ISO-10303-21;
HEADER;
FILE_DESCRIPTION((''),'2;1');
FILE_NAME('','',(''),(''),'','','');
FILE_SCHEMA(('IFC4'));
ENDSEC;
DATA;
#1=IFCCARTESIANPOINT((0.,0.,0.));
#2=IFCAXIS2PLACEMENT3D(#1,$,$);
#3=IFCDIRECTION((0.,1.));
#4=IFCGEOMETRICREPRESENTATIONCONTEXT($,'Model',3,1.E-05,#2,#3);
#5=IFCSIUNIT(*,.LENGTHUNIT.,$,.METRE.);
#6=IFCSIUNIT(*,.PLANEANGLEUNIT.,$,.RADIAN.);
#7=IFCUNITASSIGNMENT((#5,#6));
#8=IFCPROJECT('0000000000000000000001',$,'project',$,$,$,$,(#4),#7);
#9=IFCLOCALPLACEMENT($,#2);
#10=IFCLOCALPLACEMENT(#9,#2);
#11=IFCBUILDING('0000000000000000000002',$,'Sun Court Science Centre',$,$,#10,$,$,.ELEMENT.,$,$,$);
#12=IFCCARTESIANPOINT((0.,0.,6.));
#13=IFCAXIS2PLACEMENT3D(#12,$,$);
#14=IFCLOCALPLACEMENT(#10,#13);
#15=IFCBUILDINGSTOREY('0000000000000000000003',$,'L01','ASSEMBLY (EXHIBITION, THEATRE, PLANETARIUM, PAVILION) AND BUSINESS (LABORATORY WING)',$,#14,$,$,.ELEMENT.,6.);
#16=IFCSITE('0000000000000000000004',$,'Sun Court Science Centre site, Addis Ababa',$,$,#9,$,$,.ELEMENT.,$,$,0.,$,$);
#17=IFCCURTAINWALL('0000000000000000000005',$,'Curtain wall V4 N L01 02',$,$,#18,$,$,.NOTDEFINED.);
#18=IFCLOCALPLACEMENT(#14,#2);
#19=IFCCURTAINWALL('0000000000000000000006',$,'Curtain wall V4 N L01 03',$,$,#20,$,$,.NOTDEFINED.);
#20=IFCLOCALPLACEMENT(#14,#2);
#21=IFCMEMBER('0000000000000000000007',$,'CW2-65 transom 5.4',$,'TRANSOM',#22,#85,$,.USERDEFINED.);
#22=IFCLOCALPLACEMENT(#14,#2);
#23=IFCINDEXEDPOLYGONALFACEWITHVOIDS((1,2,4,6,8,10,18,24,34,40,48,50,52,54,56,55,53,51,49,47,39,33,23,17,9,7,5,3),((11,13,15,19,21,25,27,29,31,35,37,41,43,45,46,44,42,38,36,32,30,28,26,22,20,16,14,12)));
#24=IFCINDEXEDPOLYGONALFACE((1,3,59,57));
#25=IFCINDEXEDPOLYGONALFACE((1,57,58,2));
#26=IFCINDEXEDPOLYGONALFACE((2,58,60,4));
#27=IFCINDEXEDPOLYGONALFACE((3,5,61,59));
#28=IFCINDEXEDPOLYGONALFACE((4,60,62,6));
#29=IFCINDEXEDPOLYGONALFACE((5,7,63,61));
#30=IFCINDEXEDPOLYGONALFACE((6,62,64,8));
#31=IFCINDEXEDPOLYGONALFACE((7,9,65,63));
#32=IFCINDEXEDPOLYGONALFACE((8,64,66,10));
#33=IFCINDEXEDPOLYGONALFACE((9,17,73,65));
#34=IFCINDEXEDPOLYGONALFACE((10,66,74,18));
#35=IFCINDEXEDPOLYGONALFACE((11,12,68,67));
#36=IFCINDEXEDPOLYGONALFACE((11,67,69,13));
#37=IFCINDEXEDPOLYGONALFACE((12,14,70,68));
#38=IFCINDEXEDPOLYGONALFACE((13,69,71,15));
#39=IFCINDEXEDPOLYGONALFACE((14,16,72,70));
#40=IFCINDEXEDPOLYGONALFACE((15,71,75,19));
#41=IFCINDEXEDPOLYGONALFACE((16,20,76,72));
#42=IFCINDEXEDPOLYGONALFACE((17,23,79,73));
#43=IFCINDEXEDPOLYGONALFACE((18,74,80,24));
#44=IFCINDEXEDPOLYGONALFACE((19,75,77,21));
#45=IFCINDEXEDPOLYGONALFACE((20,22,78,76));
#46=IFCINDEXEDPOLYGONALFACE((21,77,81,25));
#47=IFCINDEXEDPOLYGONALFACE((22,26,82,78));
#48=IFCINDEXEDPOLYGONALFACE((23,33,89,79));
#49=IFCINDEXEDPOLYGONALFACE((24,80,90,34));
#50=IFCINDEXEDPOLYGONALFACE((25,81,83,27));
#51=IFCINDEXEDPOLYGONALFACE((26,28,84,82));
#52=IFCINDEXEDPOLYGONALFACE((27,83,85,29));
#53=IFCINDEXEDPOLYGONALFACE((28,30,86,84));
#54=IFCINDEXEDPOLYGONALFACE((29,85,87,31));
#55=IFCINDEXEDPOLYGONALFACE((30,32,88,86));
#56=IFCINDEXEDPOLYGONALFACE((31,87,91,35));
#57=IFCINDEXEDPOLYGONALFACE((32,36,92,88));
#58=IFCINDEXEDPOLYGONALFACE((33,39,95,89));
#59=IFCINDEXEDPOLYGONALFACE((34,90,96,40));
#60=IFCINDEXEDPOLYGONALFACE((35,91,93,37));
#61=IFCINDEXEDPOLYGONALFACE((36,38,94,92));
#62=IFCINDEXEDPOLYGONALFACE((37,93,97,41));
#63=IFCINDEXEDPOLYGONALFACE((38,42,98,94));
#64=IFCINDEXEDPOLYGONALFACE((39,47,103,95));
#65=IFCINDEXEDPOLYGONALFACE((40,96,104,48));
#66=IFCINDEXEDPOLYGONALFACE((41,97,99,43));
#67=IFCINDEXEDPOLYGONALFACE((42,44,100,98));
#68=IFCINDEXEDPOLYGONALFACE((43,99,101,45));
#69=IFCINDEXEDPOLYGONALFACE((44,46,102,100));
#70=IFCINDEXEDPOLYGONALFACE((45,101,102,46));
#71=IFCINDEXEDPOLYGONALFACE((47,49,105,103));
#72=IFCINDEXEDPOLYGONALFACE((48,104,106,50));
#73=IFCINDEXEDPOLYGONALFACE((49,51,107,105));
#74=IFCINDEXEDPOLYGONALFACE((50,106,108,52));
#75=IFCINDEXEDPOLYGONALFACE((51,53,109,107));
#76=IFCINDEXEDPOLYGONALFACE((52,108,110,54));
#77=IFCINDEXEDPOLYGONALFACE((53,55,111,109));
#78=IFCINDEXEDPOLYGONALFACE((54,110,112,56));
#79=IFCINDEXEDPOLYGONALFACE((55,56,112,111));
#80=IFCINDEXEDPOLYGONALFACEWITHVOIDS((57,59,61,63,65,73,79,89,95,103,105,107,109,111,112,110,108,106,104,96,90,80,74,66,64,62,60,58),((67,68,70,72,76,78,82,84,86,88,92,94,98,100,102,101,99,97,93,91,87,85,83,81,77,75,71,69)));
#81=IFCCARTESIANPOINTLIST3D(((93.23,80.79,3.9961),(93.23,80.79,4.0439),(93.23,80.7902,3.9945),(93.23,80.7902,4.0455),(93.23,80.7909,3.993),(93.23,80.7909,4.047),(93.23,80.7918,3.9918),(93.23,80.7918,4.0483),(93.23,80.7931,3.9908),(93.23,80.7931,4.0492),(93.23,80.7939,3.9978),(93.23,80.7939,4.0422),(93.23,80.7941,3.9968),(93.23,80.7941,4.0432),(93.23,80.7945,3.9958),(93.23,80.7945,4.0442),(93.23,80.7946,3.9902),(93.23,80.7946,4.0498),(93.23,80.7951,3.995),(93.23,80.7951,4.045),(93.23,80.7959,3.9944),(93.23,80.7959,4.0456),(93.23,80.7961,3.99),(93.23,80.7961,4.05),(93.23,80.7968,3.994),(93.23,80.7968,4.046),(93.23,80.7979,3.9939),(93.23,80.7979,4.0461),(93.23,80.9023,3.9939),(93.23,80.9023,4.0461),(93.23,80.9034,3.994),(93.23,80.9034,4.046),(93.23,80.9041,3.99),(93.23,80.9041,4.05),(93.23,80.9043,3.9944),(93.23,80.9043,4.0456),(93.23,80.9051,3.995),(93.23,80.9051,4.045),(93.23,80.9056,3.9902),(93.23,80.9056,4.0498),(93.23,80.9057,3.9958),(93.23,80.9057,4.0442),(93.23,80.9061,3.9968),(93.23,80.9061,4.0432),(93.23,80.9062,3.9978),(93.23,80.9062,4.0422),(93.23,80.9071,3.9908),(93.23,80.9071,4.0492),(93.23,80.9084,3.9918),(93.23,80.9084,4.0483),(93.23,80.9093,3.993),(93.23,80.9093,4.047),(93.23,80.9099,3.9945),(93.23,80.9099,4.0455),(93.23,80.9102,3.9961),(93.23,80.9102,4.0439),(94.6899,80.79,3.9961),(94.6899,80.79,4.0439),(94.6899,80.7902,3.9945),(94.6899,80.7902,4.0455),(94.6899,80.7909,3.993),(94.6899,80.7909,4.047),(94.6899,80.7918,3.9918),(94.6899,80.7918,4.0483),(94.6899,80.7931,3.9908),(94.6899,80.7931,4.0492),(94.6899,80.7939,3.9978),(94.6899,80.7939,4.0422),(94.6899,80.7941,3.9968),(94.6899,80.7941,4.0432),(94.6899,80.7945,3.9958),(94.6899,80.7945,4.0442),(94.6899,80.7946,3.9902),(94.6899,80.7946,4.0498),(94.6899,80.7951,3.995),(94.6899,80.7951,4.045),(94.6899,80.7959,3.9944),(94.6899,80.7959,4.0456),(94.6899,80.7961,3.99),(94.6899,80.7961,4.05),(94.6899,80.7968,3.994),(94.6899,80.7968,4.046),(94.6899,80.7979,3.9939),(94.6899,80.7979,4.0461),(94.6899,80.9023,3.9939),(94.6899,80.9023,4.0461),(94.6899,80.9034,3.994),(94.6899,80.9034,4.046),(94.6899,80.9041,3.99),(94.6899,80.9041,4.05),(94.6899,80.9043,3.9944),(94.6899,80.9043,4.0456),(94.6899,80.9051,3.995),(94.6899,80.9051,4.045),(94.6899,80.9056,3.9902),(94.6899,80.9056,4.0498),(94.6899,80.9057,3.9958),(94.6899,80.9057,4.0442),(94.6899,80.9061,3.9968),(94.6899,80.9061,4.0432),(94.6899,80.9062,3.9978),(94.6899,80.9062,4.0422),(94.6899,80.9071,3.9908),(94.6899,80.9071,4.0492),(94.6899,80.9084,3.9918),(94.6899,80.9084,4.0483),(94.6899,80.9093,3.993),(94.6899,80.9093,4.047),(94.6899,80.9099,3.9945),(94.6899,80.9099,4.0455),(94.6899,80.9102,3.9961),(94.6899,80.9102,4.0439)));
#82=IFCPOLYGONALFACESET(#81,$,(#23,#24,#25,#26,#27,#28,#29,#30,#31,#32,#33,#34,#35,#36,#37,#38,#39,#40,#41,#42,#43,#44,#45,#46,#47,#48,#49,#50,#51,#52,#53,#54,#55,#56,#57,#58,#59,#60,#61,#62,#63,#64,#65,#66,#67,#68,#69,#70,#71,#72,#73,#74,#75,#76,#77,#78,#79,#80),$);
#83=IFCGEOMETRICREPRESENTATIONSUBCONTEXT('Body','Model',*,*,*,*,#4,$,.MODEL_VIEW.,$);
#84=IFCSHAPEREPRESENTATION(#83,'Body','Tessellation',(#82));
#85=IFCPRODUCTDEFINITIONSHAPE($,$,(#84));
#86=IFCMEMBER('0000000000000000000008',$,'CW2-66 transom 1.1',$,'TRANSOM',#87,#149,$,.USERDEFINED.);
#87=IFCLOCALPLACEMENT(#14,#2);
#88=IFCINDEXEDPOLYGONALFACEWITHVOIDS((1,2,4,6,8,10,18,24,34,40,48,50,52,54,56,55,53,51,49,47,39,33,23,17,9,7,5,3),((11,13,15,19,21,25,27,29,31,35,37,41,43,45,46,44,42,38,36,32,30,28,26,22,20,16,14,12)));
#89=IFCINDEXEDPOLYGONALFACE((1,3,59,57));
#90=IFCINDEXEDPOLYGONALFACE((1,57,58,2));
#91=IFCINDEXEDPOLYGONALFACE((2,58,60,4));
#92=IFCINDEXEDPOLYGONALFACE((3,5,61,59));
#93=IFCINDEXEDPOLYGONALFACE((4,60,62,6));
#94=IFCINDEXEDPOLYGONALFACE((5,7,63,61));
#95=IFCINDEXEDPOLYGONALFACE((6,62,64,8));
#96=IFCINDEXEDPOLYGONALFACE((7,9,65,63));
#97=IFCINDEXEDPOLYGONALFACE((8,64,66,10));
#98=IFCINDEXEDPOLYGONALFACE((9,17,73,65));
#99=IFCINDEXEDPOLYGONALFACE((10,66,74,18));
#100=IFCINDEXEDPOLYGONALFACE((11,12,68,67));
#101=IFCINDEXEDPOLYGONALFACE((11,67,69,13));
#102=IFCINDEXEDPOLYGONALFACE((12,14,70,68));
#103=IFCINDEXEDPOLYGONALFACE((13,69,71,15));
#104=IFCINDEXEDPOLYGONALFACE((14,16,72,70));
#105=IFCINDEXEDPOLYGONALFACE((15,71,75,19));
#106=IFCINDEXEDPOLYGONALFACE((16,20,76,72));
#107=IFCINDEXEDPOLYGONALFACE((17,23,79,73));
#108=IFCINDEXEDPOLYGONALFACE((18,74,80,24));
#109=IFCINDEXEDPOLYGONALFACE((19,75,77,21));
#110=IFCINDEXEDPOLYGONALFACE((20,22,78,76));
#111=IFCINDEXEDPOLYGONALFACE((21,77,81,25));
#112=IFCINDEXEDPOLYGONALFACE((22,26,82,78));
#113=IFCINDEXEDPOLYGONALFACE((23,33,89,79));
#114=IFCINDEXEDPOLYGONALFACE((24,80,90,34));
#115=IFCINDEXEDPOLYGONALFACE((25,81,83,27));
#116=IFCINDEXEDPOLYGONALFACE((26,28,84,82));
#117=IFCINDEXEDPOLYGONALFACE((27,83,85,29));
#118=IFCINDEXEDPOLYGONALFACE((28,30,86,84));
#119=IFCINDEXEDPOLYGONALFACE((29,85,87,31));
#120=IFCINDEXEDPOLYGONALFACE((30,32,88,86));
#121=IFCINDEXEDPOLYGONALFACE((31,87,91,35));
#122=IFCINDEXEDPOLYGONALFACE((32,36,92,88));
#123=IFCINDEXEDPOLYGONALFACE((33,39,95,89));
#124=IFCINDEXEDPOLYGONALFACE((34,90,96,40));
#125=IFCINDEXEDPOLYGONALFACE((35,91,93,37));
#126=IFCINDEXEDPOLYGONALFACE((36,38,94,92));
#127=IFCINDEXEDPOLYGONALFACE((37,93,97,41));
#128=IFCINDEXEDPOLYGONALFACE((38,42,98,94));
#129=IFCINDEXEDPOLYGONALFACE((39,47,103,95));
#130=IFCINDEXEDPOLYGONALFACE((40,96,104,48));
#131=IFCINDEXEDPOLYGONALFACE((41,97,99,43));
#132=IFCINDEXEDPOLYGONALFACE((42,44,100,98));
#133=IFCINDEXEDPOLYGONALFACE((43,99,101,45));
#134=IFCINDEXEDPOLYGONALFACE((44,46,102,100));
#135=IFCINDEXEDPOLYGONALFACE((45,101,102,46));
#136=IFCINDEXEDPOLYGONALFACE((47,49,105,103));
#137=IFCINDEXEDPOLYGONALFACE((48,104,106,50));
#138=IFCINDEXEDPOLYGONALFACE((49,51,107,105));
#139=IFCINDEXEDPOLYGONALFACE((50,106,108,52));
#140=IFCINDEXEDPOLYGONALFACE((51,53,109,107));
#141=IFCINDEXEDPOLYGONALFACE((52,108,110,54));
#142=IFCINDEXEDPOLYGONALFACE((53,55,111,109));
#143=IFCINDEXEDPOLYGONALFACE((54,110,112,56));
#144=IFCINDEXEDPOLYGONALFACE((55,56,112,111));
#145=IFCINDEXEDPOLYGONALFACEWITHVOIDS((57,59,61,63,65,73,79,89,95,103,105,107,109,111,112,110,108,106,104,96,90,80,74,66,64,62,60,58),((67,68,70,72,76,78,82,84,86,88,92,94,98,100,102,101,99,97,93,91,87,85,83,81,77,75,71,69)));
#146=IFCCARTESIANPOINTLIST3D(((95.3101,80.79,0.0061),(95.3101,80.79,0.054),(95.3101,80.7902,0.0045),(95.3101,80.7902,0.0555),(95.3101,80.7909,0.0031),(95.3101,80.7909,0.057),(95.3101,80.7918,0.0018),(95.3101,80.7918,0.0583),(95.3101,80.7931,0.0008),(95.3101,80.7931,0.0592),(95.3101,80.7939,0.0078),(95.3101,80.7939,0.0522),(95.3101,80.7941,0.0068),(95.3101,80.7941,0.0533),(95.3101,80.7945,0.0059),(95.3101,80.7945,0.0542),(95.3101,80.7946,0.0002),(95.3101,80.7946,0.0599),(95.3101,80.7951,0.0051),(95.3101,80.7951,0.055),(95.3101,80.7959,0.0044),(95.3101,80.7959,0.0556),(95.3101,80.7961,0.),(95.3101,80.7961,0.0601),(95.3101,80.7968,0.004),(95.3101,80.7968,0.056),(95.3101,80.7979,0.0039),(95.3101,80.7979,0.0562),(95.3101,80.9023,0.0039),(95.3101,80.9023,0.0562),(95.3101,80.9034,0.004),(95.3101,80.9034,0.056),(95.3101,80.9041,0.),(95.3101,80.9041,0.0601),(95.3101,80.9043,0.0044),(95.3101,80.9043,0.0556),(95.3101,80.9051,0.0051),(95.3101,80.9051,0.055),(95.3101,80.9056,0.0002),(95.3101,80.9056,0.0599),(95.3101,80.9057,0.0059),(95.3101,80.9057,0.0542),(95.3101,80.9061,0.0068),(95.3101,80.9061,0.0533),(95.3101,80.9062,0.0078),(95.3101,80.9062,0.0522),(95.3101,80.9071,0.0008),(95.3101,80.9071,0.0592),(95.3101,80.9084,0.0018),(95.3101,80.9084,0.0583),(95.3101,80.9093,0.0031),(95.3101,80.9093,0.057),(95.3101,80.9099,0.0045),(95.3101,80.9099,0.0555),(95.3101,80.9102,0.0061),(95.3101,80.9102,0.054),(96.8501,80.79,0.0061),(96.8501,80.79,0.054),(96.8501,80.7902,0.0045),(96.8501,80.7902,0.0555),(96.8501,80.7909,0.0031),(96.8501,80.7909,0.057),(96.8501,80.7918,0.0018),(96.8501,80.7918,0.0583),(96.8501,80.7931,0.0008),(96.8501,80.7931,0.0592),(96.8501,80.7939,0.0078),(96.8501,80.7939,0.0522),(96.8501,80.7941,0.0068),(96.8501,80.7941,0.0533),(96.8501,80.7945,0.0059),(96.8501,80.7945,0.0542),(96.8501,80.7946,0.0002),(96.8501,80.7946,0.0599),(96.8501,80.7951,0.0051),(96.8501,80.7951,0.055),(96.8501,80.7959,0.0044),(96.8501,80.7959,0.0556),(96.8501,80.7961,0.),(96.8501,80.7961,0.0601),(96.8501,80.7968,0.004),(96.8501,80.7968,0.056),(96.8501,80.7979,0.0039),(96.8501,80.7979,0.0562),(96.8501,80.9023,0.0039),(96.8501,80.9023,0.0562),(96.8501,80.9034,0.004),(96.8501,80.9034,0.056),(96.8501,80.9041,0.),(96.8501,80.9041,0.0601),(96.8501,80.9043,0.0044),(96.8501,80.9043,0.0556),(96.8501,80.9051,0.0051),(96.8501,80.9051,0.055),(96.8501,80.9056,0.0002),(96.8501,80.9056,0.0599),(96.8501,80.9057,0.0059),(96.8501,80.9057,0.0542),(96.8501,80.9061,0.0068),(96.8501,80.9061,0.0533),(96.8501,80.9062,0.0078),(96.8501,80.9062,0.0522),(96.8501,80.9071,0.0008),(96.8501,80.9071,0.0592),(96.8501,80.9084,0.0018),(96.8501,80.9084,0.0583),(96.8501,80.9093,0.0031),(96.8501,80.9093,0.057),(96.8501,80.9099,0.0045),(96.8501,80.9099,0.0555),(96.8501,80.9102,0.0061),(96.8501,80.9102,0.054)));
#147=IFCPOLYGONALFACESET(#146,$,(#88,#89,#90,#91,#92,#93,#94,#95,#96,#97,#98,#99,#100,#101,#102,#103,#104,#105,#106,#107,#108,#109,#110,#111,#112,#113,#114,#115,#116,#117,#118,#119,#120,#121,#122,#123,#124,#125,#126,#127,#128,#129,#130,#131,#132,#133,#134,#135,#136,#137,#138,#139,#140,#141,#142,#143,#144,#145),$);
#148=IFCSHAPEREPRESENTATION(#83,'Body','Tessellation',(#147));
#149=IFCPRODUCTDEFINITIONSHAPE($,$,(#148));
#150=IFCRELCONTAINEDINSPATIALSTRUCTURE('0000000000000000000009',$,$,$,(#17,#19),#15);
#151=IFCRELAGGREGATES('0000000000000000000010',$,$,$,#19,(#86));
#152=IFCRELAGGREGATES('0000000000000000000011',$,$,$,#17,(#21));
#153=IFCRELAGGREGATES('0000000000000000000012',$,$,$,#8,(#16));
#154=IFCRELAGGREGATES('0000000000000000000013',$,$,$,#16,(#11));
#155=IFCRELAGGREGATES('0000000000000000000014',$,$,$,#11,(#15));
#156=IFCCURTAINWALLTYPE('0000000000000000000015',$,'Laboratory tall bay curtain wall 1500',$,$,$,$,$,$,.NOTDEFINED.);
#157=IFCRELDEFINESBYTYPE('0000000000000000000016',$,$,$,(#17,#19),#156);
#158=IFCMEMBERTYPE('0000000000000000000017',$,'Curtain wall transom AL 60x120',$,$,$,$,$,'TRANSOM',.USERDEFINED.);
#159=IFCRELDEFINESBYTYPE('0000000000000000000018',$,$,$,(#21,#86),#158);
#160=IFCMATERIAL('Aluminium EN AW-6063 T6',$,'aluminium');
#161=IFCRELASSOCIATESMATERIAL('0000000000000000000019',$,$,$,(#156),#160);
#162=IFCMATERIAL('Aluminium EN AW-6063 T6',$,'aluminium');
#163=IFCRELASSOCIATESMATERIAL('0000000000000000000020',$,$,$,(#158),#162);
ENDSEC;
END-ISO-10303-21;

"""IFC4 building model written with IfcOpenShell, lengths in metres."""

from ifc_helpers import new_model, si_unit, direction, frame, origin, origin_2d, place, context, subcontext, project, spatial, hollow_rectangle, extrude, material, material_profile, profile_set, type_object, element, aggregate, save


model = new_model("IFC4")

# Units and contexts
model_context = context("Model", 3, precision=1e-05, world=origin(), true_north=direction((0.0, 1.0)))
body_context = subcontext(model_context, "Body", "Model", "MODEL_VIEW")
ifc_project = project(units=[si_unit("LENGTHUNIT", "METRE"), si_unit("PLANEANGLEUNIT", "RADIAN")], contexts=[model_context])

# Site, building, storey
site_placement = place(None, origin())
site = spatial("IfcSite", under=ifc_project, at=site_placement, Name="Sun Court Science Centre site, Addis Ababa", CompositionType="ELEMENT", RefElevation=0.0)
building_placement = place(site_placement, origin())
building = spatial("IfcBuilding", under=site, at=building_placement, Name="Sun Court Science Centre", CompositionType="ELEMENT")
storey_placement = place(building_placement, frame((0.0, 0.0, 6.0)))
storey = spatial("IfcBuildingStorey", under=building, at=storey_placement, Name="L01", Description="ASSEMBLY (EXHIBITION, THEATRE, PLANETARIUM, PAVILION) AND BUSINESS (LABORATORY WING)", CompositionType="ELEMENT", Elevation=6.0)

# Curtain wall
ifc_material_1 = material(Name="Aluminium EN AW-6063 T6", Category="aluminium")
curtain_wall_type = type_object("IfcCurtainWallType", Name="Laboratory tall bay curtain wall 1500", PredefinedType="NOTDEFINED", material=ifc_material_1)
curtain_wall_1_placement = place(storey_placement, origin())
curtain_wall_1 = element("IfcCurtainWall", 1, at=curtain_wall_1_placement, inside=storey, type_object=curtain_wall_type, Name="Curtain wall V4 N L01 02", PredefinedType="NOTDEFINED")

# Curtain wall
curtain_wall_2_placement = place(storey_placement, origin())
curtain_wall_2 = element("IfcCurtainWall", 2, at=curtain_wall_2_placement, inside=storey, type_object=curtain_wall_type, Name="Curtain wall V4 N L01 03", PredefinedType="NOTDEFINED")

# Members
ifc_material_2 = material(Name="Aluminium EN AW-6063 T6", Category="aluminium")
ifc_material_profile_1 = material_profile(ifc_material_2, hollow_rectangle(XDim=0.0601, YDim=0.1201, WallThickness=0.0039, InnerFilletRadius=0.0039, OuterFilletRadius=0.0061, at=origin_2d()), Name="AL 60x120x4")
ifc_profile_set_1 = profile_set([ifc_material_profile_1], Name="Aluminium EN AW-6063 T6")
member_type_1 = type_object("IfcMemberType", Name="Curtain wall transom AL 60x120", ElementType="TRANSOM", PredefinedType="USERDEFINED", material=ifc_profile_set_1)
member_1_placement = place(storey_placement, frame((93.23, 80.8501, 4.02), z_axis=(1.0, 0.0, 0.0), x_axis=(0.0, 0.0, 1.0)))
member_1 = element("IfcMember", 3, at=member_1_placement, type_object=member_type_1, Name="CW2-65 transom 5.4", ObjectType="TRANSOM", PredefinedType="USERDEFINED", context=body_context, shape_type="SweptSolid", body=[
    extrude(hollow_rectangle(XDim=0.0601, YDim=0.1201, WallThickness=0.0039, InnerFilletRadius=0.0039, OuterFilletRadius=0.0061, at=origin_2d()), origin(), (0.0, 0.0, 1.0), 1.46),
])
member_2_placement = place(storey_placement, frame((95.3101, 80.8501, 0.03), z_axis=(1.0, 0.0, 0.0), x_axis=(0.0, 0.0, 1.0)))
member_2 = element("IfcMember", 4, at=member_2_placement, type_object=member_type_1, Name="CW2-66 transom 1.1", ObjectType="TRANSOM", PredefinedType="USERDEFINED", context=body_context, shape_type="SweptSolid", body=[
    extrude(hollow_rectangle(XDim=0.0601, YDim=0.1201, WallThickness=0.0039, InnerFilletRadius=0.0039, OuterFilletRadius=0.0061, at=origin_2d()), origin(), (0.0, 0.0, 1.0), 1.54),
])
aggregate(curtain_wall_2, [member_2])

aggregate(curtain_wall_1, [member_1])

save(model, "model.ifc")
